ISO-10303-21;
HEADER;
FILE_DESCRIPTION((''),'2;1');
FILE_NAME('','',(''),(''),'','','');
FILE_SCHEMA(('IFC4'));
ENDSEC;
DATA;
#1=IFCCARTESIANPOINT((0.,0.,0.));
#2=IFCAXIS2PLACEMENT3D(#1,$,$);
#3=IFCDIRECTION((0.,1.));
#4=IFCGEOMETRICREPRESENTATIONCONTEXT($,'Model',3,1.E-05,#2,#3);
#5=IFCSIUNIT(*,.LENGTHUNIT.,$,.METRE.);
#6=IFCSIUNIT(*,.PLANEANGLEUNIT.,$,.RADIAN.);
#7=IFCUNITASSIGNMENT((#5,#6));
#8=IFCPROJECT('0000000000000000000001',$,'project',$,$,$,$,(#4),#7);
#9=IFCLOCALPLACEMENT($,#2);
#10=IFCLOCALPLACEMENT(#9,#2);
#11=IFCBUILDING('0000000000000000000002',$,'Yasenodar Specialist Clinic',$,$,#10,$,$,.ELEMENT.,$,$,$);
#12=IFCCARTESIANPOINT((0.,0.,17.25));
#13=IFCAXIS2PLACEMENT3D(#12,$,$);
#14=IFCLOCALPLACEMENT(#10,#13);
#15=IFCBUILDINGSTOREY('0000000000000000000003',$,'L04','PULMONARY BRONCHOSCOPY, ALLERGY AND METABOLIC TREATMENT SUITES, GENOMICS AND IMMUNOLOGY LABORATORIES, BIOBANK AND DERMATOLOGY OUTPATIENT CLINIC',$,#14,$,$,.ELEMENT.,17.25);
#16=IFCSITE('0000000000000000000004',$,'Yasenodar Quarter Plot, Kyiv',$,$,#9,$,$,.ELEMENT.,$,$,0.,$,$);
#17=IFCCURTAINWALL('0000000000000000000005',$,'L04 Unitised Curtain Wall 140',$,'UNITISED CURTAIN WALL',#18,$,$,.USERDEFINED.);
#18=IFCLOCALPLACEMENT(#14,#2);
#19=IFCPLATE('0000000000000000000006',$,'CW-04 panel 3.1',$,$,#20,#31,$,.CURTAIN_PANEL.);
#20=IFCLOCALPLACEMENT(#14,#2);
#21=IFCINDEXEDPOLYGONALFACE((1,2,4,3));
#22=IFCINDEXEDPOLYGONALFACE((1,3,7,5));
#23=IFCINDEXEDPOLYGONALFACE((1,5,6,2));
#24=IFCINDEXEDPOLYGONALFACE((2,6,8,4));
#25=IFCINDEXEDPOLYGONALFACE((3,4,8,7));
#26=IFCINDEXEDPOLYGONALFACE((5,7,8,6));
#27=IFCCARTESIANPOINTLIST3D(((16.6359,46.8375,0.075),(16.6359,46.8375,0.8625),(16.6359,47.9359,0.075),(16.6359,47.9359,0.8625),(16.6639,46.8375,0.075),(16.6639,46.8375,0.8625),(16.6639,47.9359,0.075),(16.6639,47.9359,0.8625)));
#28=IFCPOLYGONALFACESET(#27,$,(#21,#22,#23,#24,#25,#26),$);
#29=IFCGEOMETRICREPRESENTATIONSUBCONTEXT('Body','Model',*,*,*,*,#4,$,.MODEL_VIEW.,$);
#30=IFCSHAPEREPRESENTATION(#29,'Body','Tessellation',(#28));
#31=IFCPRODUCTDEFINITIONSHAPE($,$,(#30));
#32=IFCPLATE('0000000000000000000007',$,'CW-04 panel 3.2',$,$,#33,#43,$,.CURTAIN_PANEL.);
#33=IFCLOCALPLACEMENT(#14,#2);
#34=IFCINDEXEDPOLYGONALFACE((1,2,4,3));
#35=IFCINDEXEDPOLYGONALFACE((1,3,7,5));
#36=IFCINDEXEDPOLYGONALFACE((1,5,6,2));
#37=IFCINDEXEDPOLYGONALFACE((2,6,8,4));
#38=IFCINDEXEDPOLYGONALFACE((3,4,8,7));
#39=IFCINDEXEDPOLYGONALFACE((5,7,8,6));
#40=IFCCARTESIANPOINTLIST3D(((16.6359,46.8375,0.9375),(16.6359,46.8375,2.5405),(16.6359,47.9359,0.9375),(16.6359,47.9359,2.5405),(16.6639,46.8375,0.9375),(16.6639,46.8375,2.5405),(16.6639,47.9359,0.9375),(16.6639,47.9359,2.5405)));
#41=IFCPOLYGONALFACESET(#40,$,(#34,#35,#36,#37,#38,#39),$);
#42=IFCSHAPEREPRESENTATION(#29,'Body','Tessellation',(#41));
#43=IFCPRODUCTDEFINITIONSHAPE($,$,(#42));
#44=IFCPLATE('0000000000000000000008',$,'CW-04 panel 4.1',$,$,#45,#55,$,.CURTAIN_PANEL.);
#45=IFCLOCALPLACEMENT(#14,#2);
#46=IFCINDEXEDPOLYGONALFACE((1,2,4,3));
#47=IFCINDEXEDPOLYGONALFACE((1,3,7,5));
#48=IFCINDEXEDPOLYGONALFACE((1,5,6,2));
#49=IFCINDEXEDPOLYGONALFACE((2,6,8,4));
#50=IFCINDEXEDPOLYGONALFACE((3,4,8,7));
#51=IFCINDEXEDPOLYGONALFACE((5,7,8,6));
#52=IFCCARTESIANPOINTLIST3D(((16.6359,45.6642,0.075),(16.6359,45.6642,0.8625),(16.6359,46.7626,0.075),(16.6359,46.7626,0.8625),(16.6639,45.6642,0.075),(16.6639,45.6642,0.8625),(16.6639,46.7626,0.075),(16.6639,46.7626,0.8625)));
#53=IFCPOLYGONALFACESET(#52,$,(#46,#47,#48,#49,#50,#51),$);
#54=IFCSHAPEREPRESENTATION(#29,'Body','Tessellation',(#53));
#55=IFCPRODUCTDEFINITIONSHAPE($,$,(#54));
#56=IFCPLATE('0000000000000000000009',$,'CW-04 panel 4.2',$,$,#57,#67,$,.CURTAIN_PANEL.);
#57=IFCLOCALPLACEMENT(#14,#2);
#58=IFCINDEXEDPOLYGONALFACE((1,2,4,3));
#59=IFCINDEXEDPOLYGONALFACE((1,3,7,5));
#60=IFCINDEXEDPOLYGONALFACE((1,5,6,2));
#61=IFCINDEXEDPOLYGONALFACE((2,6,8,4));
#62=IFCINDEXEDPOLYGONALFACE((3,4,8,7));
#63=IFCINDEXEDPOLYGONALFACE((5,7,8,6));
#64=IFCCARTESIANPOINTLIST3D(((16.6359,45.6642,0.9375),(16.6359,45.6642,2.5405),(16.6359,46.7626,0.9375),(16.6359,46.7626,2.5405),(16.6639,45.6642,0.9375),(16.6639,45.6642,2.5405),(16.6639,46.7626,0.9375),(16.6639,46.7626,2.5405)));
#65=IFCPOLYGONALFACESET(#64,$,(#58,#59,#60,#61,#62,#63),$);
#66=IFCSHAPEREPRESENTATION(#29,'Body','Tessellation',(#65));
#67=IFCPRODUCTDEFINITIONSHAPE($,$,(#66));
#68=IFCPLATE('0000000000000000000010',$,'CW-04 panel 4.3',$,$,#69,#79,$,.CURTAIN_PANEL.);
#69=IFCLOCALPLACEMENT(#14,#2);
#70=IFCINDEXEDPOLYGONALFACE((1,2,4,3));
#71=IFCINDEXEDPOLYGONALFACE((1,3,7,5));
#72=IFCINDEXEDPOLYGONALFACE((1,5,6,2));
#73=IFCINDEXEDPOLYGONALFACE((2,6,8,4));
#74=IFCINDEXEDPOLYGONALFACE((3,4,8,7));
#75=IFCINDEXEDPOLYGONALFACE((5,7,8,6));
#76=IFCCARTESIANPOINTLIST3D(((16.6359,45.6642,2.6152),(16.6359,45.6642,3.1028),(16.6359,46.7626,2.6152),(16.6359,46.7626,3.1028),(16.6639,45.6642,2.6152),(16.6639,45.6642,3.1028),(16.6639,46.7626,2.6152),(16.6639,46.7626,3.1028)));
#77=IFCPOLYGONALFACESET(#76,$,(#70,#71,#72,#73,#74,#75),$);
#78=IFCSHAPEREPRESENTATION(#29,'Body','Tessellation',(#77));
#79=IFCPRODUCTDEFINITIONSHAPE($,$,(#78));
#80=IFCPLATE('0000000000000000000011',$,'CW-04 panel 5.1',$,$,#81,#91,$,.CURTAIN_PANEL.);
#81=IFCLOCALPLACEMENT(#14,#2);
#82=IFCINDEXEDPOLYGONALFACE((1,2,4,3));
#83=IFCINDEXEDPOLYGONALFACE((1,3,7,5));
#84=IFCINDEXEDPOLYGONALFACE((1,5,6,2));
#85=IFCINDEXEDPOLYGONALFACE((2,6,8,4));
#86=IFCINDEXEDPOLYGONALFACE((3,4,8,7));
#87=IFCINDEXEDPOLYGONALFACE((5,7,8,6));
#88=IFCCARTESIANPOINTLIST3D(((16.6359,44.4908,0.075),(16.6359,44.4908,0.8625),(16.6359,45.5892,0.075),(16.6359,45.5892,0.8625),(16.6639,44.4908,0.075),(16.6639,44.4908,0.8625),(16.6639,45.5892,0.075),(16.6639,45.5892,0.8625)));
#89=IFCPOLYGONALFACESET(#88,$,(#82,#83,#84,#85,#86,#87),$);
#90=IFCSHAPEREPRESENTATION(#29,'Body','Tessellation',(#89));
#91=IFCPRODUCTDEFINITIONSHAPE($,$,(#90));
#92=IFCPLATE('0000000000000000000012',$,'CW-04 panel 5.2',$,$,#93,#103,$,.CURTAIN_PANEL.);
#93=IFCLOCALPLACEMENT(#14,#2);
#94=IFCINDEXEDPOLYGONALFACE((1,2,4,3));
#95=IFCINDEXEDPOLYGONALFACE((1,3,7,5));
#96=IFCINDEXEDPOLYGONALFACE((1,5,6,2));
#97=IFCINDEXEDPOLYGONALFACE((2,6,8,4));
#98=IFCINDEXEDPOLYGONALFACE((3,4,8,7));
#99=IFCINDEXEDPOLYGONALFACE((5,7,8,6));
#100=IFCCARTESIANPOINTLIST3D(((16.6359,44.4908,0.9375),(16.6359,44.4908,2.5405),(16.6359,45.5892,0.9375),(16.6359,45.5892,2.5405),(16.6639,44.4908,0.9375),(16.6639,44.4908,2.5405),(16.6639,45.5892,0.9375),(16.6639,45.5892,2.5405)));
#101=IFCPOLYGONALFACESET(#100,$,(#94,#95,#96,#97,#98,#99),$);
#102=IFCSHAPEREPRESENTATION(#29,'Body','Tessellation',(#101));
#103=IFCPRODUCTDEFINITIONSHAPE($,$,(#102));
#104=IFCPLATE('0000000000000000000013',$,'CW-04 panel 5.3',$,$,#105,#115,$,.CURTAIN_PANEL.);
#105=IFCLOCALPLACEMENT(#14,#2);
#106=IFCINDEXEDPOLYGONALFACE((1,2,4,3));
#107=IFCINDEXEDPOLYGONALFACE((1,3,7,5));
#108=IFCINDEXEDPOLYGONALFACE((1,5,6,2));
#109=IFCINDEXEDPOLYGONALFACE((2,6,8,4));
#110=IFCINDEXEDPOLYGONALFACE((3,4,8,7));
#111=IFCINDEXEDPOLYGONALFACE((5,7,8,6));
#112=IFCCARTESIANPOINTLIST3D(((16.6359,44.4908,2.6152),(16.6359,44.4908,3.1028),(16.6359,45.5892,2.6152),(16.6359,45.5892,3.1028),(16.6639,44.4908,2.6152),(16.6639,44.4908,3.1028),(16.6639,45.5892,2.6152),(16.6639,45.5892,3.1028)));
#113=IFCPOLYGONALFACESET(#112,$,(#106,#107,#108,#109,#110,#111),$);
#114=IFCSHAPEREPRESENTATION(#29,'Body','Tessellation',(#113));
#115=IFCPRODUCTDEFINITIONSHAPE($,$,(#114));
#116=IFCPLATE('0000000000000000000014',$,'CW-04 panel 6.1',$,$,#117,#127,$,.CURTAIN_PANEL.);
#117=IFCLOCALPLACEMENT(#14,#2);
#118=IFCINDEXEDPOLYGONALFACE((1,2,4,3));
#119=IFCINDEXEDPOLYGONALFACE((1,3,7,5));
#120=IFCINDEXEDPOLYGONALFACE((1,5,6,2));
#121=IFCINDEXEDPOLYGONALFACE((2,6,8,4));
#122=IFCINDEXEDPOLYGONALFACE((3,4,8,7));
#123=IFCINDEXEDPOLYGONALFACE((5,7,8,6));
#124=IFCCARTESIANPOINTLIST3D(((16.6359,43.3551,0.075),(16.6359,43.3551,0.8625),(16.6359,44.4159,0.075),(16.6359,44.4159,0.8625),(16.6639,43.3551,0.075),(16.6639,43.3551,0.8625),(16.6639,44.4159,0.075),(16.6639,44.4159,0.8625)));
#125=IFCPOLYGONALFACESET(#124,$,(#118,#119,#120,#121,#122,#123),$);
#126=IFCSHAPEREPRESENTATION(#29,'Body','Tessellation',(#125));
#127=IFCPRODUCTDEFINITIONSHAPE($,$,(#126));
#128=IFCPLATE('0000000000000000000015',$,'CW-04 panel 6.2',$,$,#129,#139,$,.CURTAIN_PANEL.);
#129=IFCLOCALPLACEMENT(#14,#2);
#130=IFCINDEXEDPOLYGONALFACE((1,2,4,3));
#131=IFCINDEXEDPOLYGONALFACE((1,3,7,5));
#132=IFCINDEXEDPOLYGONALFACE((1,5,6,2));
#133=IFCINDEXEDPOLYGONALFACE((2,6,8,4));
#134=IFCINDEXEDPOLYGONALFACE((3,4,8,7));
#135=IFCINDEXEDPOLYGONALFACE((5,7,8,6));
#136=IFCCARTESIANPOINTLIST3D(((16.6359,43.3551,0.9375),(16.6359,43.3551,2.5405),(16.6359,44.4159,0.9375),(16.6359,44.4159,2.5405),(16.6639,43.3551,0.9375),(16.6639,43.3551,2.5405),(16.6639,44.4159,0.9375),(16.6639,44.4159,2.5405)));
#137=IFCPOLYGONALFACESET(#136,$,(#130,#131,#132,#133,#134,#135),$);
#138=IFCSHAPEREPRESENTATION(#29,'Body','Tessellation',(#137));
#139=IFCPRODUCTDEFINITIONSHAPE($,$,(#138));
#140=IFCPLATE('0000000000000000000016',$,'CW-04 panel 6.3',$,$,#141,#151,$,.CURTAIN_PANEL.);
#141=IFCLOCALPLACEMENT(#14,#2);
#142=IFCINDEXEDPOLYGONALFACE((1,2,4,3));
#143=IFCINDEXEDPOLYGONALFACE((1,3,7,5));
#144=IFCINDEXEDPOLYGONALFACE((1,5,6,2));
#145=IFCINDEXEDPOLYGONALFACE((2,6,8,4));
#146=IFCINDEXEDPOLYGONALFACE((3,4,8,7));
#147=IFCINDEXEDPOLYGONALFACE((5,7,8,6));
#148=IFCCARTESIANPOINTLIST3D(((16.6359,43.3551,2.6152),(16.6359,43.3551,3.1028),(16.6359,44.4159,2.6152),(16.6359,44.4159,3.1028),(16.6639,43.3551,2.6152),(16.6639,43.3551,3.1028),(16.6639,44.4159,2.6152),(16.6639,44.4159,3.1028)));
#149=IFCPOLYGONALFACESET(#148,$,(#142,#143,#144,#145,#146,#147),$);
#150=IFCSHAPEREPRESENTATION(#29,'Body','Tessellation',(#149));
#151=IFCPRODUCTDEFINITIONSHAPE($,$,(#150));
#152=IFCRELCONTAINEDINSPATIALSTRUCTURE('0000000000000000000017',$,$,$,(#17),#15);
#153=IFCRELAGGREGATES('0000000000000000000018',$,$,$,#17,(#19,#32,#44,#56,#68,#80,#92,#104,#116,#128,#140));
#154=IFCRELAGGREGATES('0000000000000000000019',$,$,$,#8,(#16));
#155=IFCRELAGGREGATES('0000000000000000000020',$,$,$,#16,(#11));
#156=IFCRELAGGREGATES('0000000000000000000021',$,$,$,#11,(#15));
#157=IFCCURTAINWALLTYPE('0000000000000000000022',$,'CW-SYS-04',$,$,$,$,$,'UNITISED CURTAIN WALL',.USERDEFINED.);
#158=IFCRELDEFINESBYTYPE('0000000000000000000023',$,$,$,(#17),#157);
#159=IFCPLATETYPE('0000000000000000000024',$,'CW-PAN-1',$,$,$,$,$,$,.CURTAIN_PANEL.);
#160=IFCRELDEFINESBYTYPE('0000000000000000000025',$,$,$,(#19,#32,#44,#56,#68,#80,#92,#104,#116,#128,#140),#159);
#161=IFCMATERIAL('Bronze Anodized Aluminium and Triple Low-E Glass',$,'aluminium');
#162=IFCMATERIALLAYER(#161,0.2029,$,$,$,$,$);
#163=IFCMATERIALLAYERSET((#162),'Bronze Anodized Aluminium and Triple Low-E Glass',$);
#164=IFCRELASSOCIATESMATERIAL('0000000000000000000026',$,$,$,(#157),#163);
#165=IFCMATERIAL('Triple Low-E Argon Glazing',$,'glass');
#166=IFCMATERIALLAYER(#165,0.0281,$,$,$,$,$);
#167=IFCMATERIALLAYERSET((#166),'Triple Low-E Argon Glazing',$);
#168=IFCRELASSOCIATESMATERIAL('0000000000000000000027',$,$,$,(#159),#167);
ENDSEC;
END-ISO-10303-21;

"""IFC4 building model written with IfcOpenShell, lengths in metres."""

from ifc_helpers import new_model, si_unit, direction, frame, origin, origin_2d, place, context, subcontext, project, spatial, rectangle, extrude, material, layer, layer_set, type_object, element, aggregate, save


model = new_model("IFC4")

# Units and contexts
model_context = context("Model", 3, precision=1e-05, world=origin(), true_north=direction((0.0, 1.0)))
body_context = subcontext(model_context, "Body", "Model", "MODEL_VIEW")
ifc_project = project(units=[si_unit("LENGTHUNIT", "METRE"), si_unit("PLANEANGLEUNIT", "RADIAN")], contexts=[model_context])

# Site, building, storey
site_placement = place(None, origin())
site = spatial("IfcSite", under=ifc_project, at=site_placement, Name="Yasenodar Quarter Plot, Kyiv", CompositionType="ELEMENT", RefElevation=0.0)
building_placement = place(site_placement, origin())
building = spatial("IfcBuilding", under=site, at=building_placement, Name="Yasenodar Specialist Clinic", CompositionType="ELEMENT")
storey_placement = place(building_placement, frame((0.0, 0.0, 17.25)))
storey = spatial("IfcBuildingStorey", under=building, at=storey_placement, Name="L04", Description="PULMONARY BRONCHOSCOPY, ALLERGY AND METABOLIC TREATMENT SUITES, GENOMICS AND IMMUNOLOGY LABORATORIES, BIOBANK AND DERMATOLOGY OUTPATIENT CLINIC", CompositionType="ELEMENT", Elevation=17.25)

# Curtain wall, plates
ifc_material_1 = material(Name="Bronze Anodized Aluminium and Triple Low-E Glass", Category="aluminium")
ifc_layer_1 = layer(ifc_material_1, 0.2029)
ifc_layer_set_1 = layer_set([ifc_layer_1], Name="Bronze Anodized Aluminium and Triple Low-E Glass")
curtain_wall_type = type_object("IfcCurtainWallType", Name="CW-SYS-04", ElementType="UNITISED CURTAIN WALL", PredefinedType="USERDEFINED", material=ifc_layer_set_1)
curtain_wall_placement = place(storey_placement, origin())
curtain_wall = element("IfcCurtainWall", 1, at=curtain_wall_placement, inside=storey, type_object=curtain_wall_type, Name="L04 Unitised Curtain Wall 140", ObjectType="UNITISED CURTAIN WALL", PredefinedType="USERDEFINED")
ifc_material_2 = material(Name="Triple Low-E Argon Glazing", Category="glass")
ifc_layer_2 = layer(ifc_material_2, 0.0281)
ifc_layer_set_2 = layer_set([ifc_layer_2], Name="Triple Low-E Argon Glazing")
plate_type = type_object("IfcPlateType", Name="CW-PAN-1", PredefinedType="CURTAIN_PANEL", material=ifc_layer_set_2)
plate_1_placement = place(storey_placement, frame((16.6499, 47.3867, 0.075), z_axis=(0.0, 0.0, 1.0), x_axis=(0.0, -1.0, 0.0)))
plate_1 = element("IfcPlate", 2, at=plate_1_placement, type_object=plate_type, Name="CW-04 panel 3.1", PredefinedType="CURTAIN_PANEL", context=body_context, shape_type="SweptSolid", body=[
    extrude(rectangle(XDim=1.0984, YDim=0.0281, at=origin_2d()), origin(), (0.0, 0.0, 1.0), 0.7876),
])
plate_2_placement = place(storey_placement, frame((16.6499, 47.3867, 0.9375), z_axis=(0.0, 0.0, 1.0), x_axis=(0.0, -1.0, 0.0)))
plate_2 = element("IfcPlate", 3, at=plate_2_placement, type_object=plate_type, Name="CW-04 panel 3.2", PredefinedType="CURTAIN_PANEL", context=body_context, shape_type="SweptSolid", body=[
    extrude(rectangle(XDim=1.0984, YDim=0.0281, at=origin_2d()), origin(), (0.0, 0.0, 1.0), 1.603),
])
plate_3_placement = place(storey_placement, frame((16.6499, 46.2134, 0.075), z_axis=(0.0, 0.0, 1.0), x_axis=(0.0, -1.0, 0.0)))
plate_3 = element("IfcPlate", 4, at=plate_3_placement, type_object=plate_type, Name="CW-04 panel 4.1", PredefinedType="CURTAIN_PANEL", context=body_context, shape_type="SweptSolid", body=[
    extrude(rectangle(XDim=1.0984, YDim=0.0281, at=origin_2d()), origin(), (0.0, 0.0, 1.0), 0.7876),
])
plate_4_placement = place(storey_placement, frame((16.6499, 46.2134, 0.9375), z_axis=(0.0, 0.0, 1.0), x_axis=(0.0, -1.0, 0.0)))
plate_4 = element("IfcPlate", 5, at=plate_4_placement, type_object=plate_type, Name="CW-04 panel 4.2", PredefinedType="CURTAIN_PANEL", context=body_context, shape_type="SweptSolid", body=[
    extrude(rectangle(XDim=1.0984, YDim=0.0281, at=origin_2d()), origin(), (0.0, 0.0, 1.0), 1.603),
])
plate_5_placement = place(storey_placement, frame((16.6499, 46.2134, 2.6152), z_axis=(0.0, 0.0, 1.0), x_axis=(0.0, -1.0, 0.0)))
plate_5 = element("IfcPlate", 6, at=plate_5_placement, type_object=plate_type, Name="CW-04 panel 4.3", PredefinedType="CURTAIN_PANEL", context=body_context, shape_type="SweptSolid", body=[
    extrude(rectangle(XDim=1.0984, YDim=0.0281, at=origin_2d()), origin(), (0.0, 0.0, 1.0), 0.4875),
])
plate_6_placement = place(storey_placement, frame((16.6499, 45.04, 0.075), z_axis=(0.0, 0.0, 1.0), x_axis=(0.0, -1.0, 0.0)))
plate_6 = element("IfcPlate", 7, at=plate_6_placement, type_object=plate_type, Name="CW-04 panel 5.1", PredefinedType="CURTAIN_PANEL", context=body_context, shape_type="SweptSolid", body=[
    extrude(rectangle(XDim=1.0984, YDim=0.0281, at=origin_2d()), origin(), (0.0, 0.0, 1.0), 0.7876),
])
plate_7_placement = place(storey_placement, frame((16.6499, 45.04, 0.9375), z_axis=(0.0, 0.0, 1.0), x_axis=(0.0, -1.0, 0.0)))
plate_7 = element("IfcPlate", 8, at=plate_7_placement, type_object=plate_type, Name="CW-04 panel 5.2", PredefinedType="CURTAIN_PANEL", context=body_context, shape_type="SweptSolid", body=[
    extrude(rectangle(XDim=1.0984, YDim=0.0281, at=origin_2d()), origin(), (0.0, 0.0, 1.0), 1.603),
])
plate_8_placement = place(storey_placement, frame((16.6499, 45.04, 2.6152), z_axis=(0.0, 0.0, 1.0), x_axis=(0.0, -1.0, 0.0)))
plate_8 = element("IfcPlate", 9, at=plate_8_placement, type_object=plate_type, Name="CW-04 panel 5.3", PredefinedType="CURTAIN_PANEL", context=body_context, shape_type="SweptSolid", body=[
    extrude(rectangle(XDim=1.0984, YDim=0.0281, at=origin_2d()), origin(), (0.0, 0.0, 1.0), 0.4875),
])
plate_9_placement = place(storey_placement, frame((16.6499, 43.8855, 0.075), z_axis=(0.0, 0.0, 1.0), x_axis=(0.0, -1.0, 0.0)))
plate_9 = element("IfcPlate", 10, at=plate_9_placement, type_object=plate_type, Name="CW-04 panel 6.1", PredefinedType="CURTAIN_PANEL", context=body_context, shape_type="SweptSolid", body=[
    extrude(rectangle(XDim=1.0608, YDim=0.0281, at=origin_2d()), origin(), (0.0, 0.0, 1.0), 0.7876),
])
plate_10_placement = place(storey_placement, frame((16.6499, 43.8855, 0.9375), z_axis=(0.0, 0.0, 1.0), x_axis=(0.0, -1.0, 0.0)))
plate_10 = element("IfcPlate", 11, at=plate_10_placement, type_object=plate_type, Name="CW-04 panel 6.2", PredefinedType="CURTAIN_PANEL", context=body_context, shape_type="SweptSolid", body=[
    extrude(rectangle(XDim=1.0608, YDim=0.0281, at=origin_2d()), origin(), (0.0, 0.0, 1.0), 1.603),
])
plate_11_placement = place(storey_placement, frame((16.6499, 43.8855, 2.6152), z_axis=(0.0, 0.0, 1.0), x_axis=(0.0, -1.0, 0.0)))
plate_11 = element("IfcPlate", 12, at=plate_11_placement, type_object=plate_type, Name="CW-04 panel 6.3", PredefinedType="CURTAIN_PANEL", context=body_context, shape_type="SweptSolid", body=[
    extrude(rectangle(XDim=1.0608, YDim=0.0281, at=origin_2d()), origin(), (0.0, 0.0, 1.0), 0.4875),
])
aggregate(curtain_wall, [plate_1, plate_2, plate_3, plate_4, plate_5, plate_6, plate_7, plate_8, plate_9, plate_10, plate_11])

save(model, "model.ifc")
